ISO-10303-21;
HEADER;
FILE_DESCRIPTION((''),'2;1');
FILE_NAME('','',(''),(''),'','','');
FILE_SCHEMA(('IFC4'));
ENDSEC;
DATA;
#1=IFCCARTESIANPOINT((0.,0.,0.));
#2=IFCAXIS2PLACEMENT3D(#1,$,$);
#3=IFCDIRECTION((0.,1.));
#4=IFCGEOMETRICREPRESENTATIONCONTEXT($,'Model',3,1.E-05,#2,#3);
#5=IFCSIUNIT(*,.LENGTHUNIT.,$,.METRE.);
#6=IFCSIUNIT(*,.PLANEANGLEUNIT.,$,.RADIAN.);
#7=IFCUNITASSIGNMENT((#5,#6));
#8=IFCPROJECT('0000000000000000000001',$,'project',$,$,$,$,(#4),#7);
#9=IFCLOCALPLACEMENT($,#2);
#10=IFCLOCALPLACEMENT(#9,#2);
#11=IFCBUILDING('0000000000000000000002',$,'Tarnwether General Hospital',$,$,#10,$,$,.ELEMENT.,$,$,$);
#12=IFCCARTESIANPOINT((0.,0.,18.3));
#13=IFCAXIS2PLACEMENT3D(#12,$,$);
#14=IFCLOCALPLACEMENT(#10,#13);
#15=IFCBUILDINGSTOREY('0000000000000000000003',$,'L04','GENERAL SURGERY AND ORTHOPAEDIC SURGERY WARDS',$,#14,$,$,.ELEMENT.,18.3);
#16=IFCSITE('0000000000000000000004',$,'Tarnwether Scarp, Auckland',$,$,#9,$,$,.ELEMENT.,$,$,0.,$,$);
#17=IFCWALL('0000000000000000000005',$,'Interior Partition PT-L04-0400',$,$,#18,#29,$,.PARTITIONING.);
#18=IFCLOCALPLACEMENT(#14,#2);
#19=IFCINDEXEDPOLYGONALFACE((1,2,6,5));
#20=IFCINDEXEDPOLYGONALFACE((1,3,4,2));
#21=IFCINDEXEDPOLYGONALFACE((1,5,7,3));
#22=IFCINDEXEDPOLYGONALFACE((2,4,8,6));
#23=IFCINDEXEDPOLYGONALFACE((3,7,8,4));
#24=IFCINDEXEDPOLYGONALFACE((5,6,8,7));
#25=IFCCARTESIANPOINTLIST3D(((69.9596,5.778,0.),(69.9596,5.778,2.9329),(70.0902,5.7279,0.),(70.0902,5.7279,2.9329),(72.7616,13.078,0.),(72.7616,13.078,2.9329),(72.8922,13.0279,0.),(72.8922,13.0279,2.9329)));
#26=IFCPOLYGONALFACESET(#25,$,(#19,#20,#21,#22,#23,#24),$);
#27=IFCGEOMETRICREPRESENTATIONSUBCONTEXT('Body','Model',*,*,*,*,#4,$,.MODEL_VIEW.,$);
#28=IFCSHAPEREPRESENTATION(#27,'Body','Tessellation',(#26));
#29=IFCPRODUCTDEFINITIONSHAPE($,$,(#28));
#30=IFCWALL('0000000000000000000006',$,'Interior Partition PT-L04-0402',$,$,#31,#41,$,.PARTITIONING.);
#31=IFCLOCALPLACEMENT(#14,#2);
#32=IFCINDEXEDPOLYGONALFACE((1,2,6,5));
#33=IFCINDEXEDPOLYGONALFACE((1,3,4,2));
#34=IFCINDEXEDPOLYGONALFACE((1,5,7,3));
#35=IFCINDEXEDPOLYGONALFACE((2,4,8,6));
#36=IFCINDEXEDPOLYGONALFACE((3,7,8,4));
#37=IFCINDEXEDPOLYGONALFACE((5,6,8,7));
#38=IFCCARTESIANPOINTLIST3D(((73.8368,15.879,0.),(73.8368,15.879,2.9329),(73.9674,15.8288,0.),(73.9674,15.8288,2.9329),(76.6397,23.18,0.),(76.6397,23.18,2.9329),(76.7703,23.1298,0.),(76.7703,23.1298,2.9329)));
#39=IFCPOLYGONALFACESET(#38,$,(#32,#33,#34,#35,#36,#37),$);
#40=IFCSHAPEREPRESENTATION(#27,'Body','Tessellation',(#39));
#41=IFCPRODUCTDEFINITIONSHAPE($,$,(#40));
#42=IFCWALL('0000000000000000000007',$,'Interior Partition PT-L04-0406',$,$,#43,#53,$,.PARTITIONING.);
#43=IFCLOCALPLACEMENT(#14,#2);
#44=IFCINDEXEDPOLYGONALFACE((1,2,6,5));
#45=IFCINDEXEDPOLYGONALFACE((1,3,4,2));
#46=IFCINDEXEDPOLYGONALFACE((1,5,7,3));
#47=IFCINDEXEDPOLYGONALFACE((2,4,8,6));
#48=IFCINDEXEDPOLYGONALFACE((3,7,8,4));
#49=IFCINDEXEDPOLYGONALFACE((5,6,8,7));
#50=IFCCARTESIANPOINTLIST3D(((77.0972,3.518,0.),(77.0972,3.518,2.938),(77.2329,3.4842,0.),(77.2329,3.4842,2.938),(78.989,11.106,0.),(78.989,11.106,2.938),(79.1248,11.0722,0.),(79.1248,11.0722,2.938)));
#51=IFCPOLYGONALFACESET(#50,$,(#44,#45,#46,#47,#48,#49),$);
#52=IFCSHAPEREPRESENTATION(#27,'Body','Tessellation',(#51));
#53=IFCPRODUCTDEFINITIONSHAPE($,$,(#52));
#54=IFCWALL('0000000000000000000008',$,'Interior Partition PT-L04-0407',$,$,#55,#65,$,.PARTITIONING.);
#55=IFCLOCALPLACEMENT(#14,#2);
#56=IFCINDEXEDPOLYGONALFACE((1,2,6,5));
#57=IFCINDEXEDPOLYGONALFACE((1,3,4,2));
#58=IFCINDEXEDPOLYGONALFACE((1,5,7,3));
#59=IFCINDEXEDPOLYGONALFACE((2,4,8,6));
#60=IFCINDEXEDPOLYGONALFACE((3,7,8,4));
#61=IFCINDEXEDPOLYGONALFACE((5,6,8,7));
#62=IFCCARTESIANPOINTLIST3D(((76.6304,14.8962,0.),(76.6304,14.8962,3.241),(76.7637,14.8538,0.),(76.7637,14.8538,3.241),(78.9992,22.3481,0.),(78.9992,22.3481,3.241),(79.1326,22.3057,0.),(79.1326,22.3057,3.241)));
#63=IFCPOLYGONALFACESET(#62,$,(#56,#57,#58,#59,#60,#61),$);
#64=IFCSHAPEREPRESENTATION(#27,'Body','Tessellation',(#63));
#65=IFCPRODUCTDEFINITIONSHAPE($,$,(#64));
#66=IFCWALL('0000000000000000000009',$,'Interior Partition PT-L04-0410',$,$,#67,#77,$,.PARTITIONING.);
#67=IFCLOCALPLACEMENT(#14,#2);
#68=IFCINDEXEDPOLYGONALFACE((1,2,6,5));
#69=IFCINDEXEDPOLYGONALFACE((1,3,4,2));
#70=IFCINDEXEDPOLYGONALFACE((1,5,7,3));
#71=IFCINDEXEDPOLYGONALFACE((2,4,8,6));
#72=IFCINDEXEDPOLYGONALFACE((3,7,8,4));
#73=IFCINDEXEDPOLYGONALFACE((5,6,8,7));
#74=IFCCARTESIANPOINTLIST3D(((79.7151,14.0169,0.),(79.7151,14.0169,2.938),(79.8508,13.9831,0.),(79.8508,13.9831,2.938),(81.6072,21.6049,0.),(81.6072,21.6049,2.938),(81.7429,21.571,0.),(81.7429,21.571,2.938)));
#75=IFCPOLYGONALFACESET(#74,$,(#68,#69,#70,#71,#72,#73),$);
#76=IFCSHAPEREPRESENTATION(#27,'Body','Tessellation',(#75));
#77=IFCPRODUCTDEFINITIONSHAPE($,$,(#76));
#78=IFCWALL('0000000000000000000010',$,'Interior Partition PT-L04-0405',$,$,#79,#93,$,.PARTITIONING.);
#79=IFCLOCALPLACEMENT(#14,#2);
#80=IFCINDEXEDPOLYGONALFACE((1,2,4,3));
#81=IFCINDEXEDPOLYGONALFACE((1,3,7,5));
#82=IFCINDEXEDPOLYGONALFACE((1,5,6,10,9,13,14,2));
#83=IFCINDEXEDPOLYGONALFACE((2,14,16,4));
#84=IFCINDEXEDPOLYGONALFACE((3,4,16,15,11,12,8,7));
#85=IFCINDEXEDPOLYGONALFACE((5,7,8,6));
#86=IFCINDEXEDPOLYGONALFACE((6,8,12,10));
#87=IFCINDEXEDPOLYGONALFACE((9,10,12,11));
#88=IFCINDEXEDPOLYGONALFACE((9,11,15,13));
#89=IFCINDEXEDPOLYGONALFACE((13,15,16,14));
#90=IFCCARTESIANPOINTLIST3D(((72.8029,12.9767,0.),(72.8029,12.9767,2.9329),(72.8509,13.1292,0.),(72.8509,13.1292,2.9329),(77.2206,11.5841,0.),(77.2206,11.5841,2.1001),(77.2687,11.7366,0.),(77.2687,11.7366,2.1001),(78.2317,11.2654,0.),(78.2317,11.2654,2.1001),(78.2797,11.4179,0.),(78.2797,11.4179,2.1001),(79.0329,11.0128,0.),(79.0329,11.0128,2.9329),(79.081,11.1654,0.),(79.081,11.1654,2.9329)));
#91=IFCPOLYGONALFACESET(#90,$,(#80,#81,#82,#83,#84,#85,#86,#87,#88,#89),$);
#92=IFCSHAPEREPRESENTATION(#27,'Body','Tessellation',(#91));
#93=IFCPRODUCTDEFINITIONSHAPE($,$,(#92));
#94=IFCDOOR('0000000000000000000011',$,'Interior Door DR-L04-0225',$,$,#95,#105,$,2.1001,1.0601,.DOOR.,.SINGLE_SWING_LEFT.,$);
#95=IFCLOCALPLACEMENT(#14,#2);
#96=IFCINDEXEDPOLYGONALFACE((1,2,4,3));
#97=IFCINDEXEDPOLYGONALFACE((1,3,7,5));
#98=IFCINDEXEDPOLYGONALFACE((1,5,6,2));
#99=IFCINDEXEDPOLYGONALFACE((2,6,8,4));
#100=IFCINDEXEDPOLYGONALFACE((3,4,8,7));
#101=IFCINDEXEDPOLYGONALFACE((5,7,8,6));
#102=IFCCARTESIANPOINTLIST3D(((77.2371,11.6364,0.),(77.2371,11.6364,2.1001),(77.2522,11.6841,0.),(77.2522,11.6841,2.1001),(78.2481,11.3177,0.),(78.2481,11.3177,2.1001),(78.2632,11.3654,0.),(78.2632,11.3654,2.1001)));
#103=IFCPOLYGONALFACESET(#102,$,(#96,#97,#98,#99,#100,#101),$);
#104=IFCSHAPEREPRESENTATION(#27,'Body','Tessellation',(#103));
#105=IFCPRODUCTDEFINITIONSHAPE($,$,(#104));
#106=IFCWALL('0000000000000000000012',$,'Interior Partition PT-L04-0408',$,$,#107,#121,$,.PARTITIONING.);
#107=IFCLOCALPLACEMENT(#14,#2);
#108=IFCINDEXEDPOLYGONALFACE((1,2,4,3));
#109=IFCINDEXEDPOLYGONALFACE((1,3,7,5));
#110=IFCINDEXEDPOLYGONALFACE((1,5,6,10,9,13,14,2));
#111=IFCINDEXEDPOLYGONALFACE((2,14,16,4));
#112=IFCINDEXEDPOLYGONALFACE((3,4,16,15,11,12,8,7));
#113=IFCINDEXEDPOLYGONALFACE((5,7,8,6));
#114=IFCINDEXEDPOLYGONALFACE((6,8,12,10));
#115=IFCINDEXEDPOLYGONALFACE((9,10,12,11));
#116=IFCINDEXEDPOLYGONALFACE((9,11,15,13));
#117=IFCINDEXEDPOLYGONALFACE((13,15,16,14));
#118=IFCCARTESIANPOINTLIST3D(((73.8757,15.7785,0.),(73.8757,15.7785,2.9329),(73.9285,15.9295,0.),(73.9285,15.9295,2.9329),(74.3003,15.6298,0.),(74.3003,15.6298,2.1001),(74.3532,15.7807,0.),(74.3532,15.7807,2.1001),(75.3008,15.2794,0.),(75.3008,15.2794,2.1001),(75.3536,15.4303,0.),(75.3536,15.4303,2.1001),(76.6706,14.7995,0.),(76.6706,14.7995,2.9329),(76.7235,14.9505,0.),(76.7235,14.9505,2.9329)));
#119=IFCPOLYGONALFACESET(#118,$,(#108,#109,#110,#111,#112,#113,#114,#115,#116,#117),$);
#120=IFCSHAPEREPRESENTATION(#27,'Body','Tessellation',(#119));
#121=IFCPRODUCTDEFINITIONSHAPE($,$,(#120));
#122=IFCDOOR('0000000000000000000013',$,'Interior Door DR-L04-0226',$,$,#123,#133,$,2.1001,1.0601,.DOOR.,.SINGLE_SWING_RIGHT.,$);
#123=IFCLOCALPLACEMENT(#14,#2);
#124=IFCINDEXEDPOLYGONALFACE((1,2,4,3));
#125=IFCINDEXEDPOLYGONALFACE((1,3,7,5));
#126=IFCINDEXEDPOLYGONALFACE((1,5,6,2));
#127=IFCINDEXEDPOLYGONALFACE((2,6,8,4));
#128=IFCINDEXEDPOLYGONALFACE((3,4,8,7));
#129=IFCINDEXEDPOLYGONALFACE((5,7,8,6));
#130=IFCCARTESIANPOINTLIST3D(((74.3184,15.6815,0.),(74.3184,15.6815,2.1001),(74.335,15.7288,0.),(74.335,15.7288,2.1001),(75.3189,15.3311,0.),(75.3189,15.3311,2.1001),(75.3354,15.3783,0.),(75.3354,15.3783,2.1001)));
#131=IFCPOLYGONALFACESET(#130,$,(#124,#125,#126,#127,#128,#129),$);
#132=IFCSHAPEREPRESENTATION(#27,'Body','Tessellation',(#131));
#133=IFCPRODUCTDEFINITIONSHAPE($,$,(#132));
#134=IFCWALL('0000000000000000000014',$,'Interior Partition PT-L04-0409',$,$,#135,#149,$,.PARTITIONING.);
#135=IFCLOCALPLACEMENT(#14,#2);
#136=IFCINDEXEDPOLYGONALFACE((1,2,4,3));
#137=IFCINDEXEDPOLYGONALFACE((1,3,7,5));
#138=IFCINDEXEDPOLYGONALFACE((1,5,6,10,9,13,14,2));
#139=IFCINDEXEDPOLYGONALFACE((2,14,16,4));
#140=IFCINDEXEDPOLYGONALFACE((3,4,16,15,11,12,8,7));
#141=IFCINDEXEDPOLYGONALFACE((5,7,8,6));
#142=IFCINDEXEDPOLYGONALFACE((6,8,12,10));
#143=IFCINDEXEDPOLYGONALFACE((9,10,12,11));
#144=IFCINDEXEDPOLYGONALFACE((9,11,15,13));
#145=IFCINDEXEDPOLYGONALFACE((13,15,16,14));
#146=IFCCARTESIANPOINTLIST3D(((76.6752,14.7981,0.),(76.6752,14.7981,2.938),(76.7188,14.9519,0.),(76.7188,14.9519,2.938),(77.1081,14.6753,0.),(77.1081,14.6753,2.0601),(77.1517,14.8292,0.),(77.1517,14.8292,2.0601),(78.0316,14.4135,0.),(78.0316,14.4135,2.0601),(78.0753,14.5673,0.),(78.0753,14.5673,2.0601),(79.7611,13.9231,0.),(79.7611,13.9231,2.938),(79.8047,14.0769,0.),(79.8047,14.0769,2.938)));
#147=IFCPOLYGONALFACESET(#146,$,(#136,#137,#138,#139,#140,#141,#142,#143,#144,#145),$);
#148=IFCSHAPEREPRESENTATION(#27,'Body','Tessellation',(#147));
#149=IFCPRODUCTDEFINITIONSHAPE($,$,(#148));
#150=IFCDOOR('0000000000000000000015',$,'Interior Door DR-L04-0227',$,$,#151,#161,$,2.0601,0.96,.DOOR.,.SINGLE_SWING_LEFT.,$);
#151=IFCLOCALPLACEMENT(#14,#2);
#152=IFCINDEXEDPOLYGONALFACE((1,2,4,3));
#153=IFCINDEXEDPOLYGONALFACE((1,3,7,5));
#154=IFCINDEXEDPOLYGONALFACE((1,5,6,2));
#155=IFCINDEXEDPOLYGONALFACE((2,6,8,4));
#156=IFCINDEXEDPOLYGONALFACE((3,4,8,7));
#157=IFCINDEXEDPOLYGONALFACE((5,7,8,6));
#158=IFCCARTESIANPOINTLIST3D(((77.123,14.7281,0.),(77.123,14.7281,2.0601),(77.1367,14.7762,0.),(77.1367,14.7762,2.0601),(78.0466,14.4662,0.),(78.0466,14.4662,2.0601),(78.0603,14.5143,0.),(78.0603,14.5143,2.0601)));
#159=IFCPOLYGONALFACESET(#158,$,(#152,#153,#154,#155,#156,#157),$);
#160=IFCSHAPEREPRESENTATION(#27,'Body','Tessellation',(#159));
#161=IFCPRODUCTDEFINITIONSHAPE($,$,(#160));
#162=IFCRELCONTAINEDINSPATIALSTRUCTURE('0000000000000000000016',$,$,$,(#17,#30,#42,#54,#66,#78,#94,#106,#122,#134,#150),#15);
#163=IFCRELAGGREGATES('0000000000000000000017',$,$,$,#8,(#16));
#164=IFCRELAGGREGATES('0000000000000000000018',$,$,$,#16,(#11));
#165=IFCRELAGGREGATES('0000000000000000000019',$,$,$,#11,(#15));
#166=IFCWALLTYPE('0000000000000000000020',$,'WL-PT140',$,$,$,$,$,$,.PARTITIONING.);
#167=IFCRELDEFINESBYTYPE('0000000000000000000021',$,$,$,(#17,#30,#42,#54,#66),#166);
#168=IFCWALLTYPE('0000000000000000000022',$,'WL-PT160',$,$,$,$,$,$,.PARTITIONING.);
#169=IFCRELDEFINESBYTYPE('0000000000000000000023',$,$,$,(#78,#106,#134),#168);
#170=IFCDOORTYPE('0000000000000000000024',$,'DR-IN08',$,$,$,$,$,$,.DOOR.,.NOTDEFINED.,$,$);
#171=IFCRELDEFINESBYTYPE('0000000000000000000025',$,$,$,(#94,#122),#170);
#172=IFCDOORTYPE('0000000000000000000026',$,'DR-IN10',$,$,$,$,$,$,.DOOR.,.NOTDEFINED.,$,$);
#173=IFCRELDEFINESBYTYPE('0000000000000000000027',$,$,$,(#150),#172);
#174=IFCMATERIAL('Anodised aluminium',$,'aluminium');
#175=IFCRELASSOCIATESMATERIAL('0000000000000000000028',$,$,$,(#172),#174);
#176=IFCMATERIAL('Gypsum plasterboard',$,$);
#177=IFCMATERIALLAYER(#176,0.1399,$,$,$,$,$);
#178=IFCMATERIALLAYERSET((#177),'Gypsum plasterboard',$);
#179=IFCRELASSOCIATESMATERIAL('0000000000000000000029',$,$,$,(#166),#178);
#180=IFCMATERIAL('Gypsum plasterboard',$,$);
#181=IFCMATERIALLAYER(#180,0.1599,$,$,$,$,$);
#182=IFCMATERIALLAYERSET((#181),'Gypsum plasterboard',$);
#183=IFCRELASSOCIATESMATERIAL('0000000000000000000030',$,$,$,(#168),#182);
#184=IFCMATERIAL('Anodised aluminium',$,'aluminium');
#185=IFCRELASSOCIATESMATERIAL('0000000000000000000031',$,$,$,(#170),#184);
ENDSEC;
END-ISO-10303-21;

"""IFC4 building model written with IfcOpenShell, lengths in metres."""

from ifc_helpers import new_model, si_unit, direction, frame, frame_2d, origin, place, context, subcontext, project, spatial, rectangle, extrude, material, layer, layer_set, type_object, element, fill, save


model = new_model("IFC4")

# Units and contexts
model_context = context("Model", 3, precision=1e-05, world=origin(), true_north=direction((0.0, 1.0)))
body_context = subcontext(model_context, "Body", "Model", "MODEL_VIEW")
ifc_project = project(units=[si_unit("LENGTHUNIT", "METRE"), si_unit("PLANEANGLEUNIT", "RADIAN")], contexts=[model_context])

# Site, building, storey
site_placement = place(None, origin())
site = spatial("IfcSite", under=ifc_project, at=site_placement, Name="Tarnwether Scarp, Auckland", CompositionType="ELEMENT", RefElevation=0.0)
building_placement = place(site_placement, origin())
building = spatial("IfcBuilding", under=site, at=building_placement, Name="Tarnwether General Hospital", CompositionType="ELEMENT")
storey_placement = place(building_placement, frame((0.0, 0.0, 18.3)))
storey = spatial("IfcBuildingStorey", under=building, at=storey_placement, Name="L04", Description="GENERAL SURGERY AND ORTHOPAEDIC SURGERY WARDS", CompositionType="ELEMENT", Elevation=18.3)

# Shared definitions
ifc_material_1 = material(Name="Anodised aluminium", Category="aluminium")
door_type_1 = type_object("IfcDoorType", Name="DR-IN10", OperationType="NOTDEFINED", PredefinedType="DOOR", material=ifc_material_1)

# Walls
ifc_material_2 = material(Name="Gypsum plasterboard")
ifc_layer_1 = layer(ifc_material_2, 0.1399)
ifc_layer_set_1 = layer_set([ifc_layer_1], Name="Gypsum plasterboard")
wall_type_1 = type_object("IfcWallType", Name="WL-PT140", PredefinedType="PARTITIONING", material=ifc_layer_set_1)
wall_1_placement = place(storey_placement, frame((72.8269, 13.053, 0.0), z_axis=(0.0, 0.0, 1.0), x_axis=(-0.358343, -0.93359, 0.0)))
element("IfcWall", 1, at=wall_1_placement, inside=storey, type_object=wall_type_1, Name="Interior Partition PT-L04-0400", PredefinedType="PARTITIONING", context=body_context, shape_type="SweptSolid", body=[
    extrude(rectangle(XDim=7.8193, YDim=0.1399, at=frame_2d((3.9097, 0.0))), origin(), (0.0, 0.0, 1.0), 2.9329),
])
wall_2_placement = place(storey_placement, frame((73.9021, 15.854, 0.0), z_axis=(0.0, 0.0, 1.0), x_axis=(0.35841, 0.933564, 0.0)))
element("IfcWall", 2, at=wall_2_placement, inside=storey, type_object=wall_type_1, Name="Interior Partition PT-L04-0402", PredefinedType="PARTITIONING", context=body_context, shape_type="SweptSolid", body=[
    extrude(rectangle(XDim=7.8206, YDim=0.1399, at=frame_2d((3.9102, 0.0))), origin(), (0.0, 0.0, 1.0), 2.9329),
])
wall_3_placement = place(storey_placement, frame((79.0569, 11.0891, 0.0), z_axis=(0.0, 0.0, 1.0), x_axis=(-0.241911, -0.970298, 0.0)))
element("IfcWall", 3, at=wall_3_placement, inside=storey, type_object=wall_type_1, Name="Interior Partition PT-L04-0406", PredefinedType="PARTITIONING", context=body_context, shape_type="SweptSolid", body=[
    extrude(rectangle(XDim=7.8203, YDim=0.1399, at=frame_2d((3.9102, 0.0))), origin(), (0.0, 0.0, 1.0), 2.938),
])
wall_4_placement = place(storey_placement, frame((76.697, 14.875, 0.0), z_axis=(0.0, 0.0, 1.0), x_axis=(0.302952, 0.953006, 0.0)))
element("IfcWall", 4, at=wall_4_placement, inside=storey, type_object=wall_type_1, Name="Interior Partition PT-L04-0407", PredefinedType="PARTITIONING", context=body_context, shape_type="SweptSolid", body=[
    extrude(rectangle(XDim=7.8193, YDim=0.1399, at=frame_2d((3.9097, 0.0))), origin(), (0.0, 0.0, 1.0), 3.241),
])
wall_5_placement = place(storey_placement, frame((79.783, 14.0, 0.0), z_axis=(0.0, 0.0, 1.0), x_axis=(0.241948, 0.970289, 0.0)))
element("IfcWall", 5, at=wall_5_placement, inside=storey, type_object=wall_type_1, Name="Interior Partition PT-L04-0410", PredefinedType="PARTITIONING", context=body_context, shape_type="SweptSolid", body=[
    extrude(rectangle(XDim=7.8203, YDim=0.1399, at=frame_2d((3.9102, 0.0))), origin(), (0.0, 0.0, 1.0), 2.938),
])

# Walls, openings, doors
ifc_material_3 = material(Name="Gypsum plasterboard")
ifc_layer_2 = layer(ifc_material_3, 0.1599)
ifc_layer_set_2 = layer_set([ifc_layer_2], Name="Gypsum plasterboard")
wall_type_2 = type_object("IfcWallType", Name="WL-PT160", PredefinedType="PARTITIONING", material=ifc_layer_set_2)
wall_6_placement = place(storey_placement, frame((72.8269, 13.053, 0.0), z_axis=(0.0, 0.0, 1.0), x_axis=(0.953736, -0.300645, 0.0)))
wall_6 = element("IfcWall", 6, at=wall_6_placement, inside=storey, type_object=wall_type_2, Name="Interior Partition PT-L04-0405", PredefinedType="PARTITIONING", context=body_context, shape_type="SweptSolid", body=[
    extrude(rectangle(XDim=6.5322, YDim=0.1599, at=frame_2d((3.2661, 0.0))), origin(), (0.0, 0.0, 1.0), 2.9329),
])
opening_1_placement = place(wall_6_placement, frame((4.6321, 0.0, 0.0)))
opening_1 = element("IfcOpeningElement", 7, at=opening_1_placement, cuts=wall_6, PredefinedType="OPENING", context=body_context, shape_type="SweptSolid", body=[
    extrude(rectangle(XDim=1.0601, YDim=2.1001, at=frame_2d((0.53, 1.05))), frame((0.0, 0.0898, 0.0), z_axis=(0.0, -1.0, 0.0), x_axis=(1.0, 0.0, 0.0)), (0.0, 0.0, 1.0), 0.1799),
])
ifc_material_4 = material(Name="Anodised aluminium", Category="aluminium")
door_type_2 = type_object("IfcDoorType", Name="DR-IN08", OperationType="NOTDEFINED", PredefinedType="DOOR", material=ifc_material_4)
door_1_placement = place(opening_1_placement, origin())
door_1 = element("IfcDoor", 8, at=door_1_placement, inside=storey, type_object=door_type_2, Name="Interior Door DR-L04-0225", OperationType="SINGLE_SWING_LEFT", OverallHeight=2.1001, OverallWidth=1.0601, PredefinedType="DOOR", context=body_context, shape_type="SweptSolid", body=[
    extrude(rectangle(XDim=1.0601, YDim=2.1001, at=frame_2d((0.53, 1.05))), frame((0.0, 0.0249, 0.0), z_axis=(0.0, -1.0, 0.0), x_axis=(1.0, 0.0, 0.0)), (0.0, 0.0, 1.0), 0.05),
])
fill(opening_1, door_1)
wall_7_placement = place(storey_placement, frame((73.9021, 15.854, 0.0), z_axis=(0.0, 0.0, 1.0), x_axis=(0.943776, -0.330585, 0.0)))
wall_7 = element("IfcWall", 9, at=wall_7_placement, inside=storey, type_object=wall_type_2, Name="Interior Partition PT-L04-0408", PredefinedType="PARTITIONING", context=body_context, shape_type="SweptSolid", body=[
    extrude(rectangle(XDim=2.9614, YDim=0.1599, at=frame_2d((1.4807, 0.0))), origin(), (0.0, 0.0, 1.0), 2.9329),
])
opening_2_placement = place(wall_7_placement, frame((0.45, 0.0, 0.0)))
opening_2 = element("IfcOpeningElement", 10, at=opening_2_placement, cuts=wall_7, PredefinedType="OPENING", context=body_context, shape_type="SweptSolid", body=[
    extrude(rectangle(XDim=1.0601, YDim=2.1001, at=frame_2d((0.53, 1.05))), frame((0.0, 0.0898, 0.0), z_axis=(0.0, -1.0, 0.0), x_axis=(1.0, 0.0, 0.0)), (0.0, 0.0, 1.0), 0.1799),
])
door_2_placement = place(opening_2_placement, origin())
door_2 = element("IfcDoor", 11, at=door_2_placement, inside=storey, type_object=door_type_2, Name="Interior Door DR-L04-0226", OperationType="SINGLE_SWING_RIGHT", OverallHeight=2.1001, OverallWidth=1.0601, PredefinedType="DOOR", context=body_context, shape_type="SweptSolid", body=[
    extrude(rectangle(XDim=1.0601, YDim=2.1001, at=frame_2d((0.53, 1.05))), frame((0.0, 0.0249, 0.0), z_axis=(0.0, -1.0, 0.0), x_axis=(1.0, 0.0, 0.0)), (0.0, 0.0, 1.0), 0.05),
])
fill(opening_2, door_2)
wall_8_placement = place(storey_placement, frame((76.697, 14.875, 0.0), z_axis=(0.0, 0.0, 1.0), x_axis=(0.962073, -0.27279, 0.0)))
wall_8 = element("IfcWall", 12, at=wall_8_placement, inside=storey, type_object=wall_type_2, Name="Interior Partition PT-L04-0409", PredefinedType="PARTITIONING", context=body_context, shape_type="SweptSolid", body=[
    extrude(rectangle(XDim=3.2075, YDim=0.1599, at=frame_2d((1.6038, 0.0))), origin(), (0.0, 0.0, 1.0), 2.938),
])
opening_3_placement = place(wall_8_placement, frame((0.45, 0.0, 0.0)))
opening_3 = element("IfcOpeningElement", 13, at=opening_3_placement, cuts=wall_8, PredefinedType="OPENING", context=body_context, shape_type="SweptSolid", body=[
    extrude(rectangle(XDim=0.96, YDim=2.0601, at=frame_2d((0.48, 1.03))), frame((0.0, 0.0898, 0.0), z_axis=(0.0, -1.0, 0.0), x_axis=(1.0, 0.0, 0.0)), (0.0, 0.0, 1.0), 0.1799),
])
door_3_placement = place(opening_3_placement, origin())
door_3 = element("IfcDoor", 14, at=door_3_placement, inside=storey, type_object=door_type_1, Name="Interior Door DR-L04-0227", OperationType="SINGLE_SWING_LEFT", OverallHeight=2.0601, OverallWidth=0.96, PredefinedType="DOOR", context=body_context, shape_type="SweptSolid", body=[
    extrude(rectangle(XDim=0.96, YDim=2.0601, at=frame_2d((0.48, 1.03))), frame((0.0, 0.0249, 0.0), z_axis=(0.0, -1.0, 0.0), x_axis=(1.0, 0.0, 0.0)), (0.0, 0.0, 1.0), 0.05),
])
fill(opening_3, door_3)

save(model, "model.ifc")
